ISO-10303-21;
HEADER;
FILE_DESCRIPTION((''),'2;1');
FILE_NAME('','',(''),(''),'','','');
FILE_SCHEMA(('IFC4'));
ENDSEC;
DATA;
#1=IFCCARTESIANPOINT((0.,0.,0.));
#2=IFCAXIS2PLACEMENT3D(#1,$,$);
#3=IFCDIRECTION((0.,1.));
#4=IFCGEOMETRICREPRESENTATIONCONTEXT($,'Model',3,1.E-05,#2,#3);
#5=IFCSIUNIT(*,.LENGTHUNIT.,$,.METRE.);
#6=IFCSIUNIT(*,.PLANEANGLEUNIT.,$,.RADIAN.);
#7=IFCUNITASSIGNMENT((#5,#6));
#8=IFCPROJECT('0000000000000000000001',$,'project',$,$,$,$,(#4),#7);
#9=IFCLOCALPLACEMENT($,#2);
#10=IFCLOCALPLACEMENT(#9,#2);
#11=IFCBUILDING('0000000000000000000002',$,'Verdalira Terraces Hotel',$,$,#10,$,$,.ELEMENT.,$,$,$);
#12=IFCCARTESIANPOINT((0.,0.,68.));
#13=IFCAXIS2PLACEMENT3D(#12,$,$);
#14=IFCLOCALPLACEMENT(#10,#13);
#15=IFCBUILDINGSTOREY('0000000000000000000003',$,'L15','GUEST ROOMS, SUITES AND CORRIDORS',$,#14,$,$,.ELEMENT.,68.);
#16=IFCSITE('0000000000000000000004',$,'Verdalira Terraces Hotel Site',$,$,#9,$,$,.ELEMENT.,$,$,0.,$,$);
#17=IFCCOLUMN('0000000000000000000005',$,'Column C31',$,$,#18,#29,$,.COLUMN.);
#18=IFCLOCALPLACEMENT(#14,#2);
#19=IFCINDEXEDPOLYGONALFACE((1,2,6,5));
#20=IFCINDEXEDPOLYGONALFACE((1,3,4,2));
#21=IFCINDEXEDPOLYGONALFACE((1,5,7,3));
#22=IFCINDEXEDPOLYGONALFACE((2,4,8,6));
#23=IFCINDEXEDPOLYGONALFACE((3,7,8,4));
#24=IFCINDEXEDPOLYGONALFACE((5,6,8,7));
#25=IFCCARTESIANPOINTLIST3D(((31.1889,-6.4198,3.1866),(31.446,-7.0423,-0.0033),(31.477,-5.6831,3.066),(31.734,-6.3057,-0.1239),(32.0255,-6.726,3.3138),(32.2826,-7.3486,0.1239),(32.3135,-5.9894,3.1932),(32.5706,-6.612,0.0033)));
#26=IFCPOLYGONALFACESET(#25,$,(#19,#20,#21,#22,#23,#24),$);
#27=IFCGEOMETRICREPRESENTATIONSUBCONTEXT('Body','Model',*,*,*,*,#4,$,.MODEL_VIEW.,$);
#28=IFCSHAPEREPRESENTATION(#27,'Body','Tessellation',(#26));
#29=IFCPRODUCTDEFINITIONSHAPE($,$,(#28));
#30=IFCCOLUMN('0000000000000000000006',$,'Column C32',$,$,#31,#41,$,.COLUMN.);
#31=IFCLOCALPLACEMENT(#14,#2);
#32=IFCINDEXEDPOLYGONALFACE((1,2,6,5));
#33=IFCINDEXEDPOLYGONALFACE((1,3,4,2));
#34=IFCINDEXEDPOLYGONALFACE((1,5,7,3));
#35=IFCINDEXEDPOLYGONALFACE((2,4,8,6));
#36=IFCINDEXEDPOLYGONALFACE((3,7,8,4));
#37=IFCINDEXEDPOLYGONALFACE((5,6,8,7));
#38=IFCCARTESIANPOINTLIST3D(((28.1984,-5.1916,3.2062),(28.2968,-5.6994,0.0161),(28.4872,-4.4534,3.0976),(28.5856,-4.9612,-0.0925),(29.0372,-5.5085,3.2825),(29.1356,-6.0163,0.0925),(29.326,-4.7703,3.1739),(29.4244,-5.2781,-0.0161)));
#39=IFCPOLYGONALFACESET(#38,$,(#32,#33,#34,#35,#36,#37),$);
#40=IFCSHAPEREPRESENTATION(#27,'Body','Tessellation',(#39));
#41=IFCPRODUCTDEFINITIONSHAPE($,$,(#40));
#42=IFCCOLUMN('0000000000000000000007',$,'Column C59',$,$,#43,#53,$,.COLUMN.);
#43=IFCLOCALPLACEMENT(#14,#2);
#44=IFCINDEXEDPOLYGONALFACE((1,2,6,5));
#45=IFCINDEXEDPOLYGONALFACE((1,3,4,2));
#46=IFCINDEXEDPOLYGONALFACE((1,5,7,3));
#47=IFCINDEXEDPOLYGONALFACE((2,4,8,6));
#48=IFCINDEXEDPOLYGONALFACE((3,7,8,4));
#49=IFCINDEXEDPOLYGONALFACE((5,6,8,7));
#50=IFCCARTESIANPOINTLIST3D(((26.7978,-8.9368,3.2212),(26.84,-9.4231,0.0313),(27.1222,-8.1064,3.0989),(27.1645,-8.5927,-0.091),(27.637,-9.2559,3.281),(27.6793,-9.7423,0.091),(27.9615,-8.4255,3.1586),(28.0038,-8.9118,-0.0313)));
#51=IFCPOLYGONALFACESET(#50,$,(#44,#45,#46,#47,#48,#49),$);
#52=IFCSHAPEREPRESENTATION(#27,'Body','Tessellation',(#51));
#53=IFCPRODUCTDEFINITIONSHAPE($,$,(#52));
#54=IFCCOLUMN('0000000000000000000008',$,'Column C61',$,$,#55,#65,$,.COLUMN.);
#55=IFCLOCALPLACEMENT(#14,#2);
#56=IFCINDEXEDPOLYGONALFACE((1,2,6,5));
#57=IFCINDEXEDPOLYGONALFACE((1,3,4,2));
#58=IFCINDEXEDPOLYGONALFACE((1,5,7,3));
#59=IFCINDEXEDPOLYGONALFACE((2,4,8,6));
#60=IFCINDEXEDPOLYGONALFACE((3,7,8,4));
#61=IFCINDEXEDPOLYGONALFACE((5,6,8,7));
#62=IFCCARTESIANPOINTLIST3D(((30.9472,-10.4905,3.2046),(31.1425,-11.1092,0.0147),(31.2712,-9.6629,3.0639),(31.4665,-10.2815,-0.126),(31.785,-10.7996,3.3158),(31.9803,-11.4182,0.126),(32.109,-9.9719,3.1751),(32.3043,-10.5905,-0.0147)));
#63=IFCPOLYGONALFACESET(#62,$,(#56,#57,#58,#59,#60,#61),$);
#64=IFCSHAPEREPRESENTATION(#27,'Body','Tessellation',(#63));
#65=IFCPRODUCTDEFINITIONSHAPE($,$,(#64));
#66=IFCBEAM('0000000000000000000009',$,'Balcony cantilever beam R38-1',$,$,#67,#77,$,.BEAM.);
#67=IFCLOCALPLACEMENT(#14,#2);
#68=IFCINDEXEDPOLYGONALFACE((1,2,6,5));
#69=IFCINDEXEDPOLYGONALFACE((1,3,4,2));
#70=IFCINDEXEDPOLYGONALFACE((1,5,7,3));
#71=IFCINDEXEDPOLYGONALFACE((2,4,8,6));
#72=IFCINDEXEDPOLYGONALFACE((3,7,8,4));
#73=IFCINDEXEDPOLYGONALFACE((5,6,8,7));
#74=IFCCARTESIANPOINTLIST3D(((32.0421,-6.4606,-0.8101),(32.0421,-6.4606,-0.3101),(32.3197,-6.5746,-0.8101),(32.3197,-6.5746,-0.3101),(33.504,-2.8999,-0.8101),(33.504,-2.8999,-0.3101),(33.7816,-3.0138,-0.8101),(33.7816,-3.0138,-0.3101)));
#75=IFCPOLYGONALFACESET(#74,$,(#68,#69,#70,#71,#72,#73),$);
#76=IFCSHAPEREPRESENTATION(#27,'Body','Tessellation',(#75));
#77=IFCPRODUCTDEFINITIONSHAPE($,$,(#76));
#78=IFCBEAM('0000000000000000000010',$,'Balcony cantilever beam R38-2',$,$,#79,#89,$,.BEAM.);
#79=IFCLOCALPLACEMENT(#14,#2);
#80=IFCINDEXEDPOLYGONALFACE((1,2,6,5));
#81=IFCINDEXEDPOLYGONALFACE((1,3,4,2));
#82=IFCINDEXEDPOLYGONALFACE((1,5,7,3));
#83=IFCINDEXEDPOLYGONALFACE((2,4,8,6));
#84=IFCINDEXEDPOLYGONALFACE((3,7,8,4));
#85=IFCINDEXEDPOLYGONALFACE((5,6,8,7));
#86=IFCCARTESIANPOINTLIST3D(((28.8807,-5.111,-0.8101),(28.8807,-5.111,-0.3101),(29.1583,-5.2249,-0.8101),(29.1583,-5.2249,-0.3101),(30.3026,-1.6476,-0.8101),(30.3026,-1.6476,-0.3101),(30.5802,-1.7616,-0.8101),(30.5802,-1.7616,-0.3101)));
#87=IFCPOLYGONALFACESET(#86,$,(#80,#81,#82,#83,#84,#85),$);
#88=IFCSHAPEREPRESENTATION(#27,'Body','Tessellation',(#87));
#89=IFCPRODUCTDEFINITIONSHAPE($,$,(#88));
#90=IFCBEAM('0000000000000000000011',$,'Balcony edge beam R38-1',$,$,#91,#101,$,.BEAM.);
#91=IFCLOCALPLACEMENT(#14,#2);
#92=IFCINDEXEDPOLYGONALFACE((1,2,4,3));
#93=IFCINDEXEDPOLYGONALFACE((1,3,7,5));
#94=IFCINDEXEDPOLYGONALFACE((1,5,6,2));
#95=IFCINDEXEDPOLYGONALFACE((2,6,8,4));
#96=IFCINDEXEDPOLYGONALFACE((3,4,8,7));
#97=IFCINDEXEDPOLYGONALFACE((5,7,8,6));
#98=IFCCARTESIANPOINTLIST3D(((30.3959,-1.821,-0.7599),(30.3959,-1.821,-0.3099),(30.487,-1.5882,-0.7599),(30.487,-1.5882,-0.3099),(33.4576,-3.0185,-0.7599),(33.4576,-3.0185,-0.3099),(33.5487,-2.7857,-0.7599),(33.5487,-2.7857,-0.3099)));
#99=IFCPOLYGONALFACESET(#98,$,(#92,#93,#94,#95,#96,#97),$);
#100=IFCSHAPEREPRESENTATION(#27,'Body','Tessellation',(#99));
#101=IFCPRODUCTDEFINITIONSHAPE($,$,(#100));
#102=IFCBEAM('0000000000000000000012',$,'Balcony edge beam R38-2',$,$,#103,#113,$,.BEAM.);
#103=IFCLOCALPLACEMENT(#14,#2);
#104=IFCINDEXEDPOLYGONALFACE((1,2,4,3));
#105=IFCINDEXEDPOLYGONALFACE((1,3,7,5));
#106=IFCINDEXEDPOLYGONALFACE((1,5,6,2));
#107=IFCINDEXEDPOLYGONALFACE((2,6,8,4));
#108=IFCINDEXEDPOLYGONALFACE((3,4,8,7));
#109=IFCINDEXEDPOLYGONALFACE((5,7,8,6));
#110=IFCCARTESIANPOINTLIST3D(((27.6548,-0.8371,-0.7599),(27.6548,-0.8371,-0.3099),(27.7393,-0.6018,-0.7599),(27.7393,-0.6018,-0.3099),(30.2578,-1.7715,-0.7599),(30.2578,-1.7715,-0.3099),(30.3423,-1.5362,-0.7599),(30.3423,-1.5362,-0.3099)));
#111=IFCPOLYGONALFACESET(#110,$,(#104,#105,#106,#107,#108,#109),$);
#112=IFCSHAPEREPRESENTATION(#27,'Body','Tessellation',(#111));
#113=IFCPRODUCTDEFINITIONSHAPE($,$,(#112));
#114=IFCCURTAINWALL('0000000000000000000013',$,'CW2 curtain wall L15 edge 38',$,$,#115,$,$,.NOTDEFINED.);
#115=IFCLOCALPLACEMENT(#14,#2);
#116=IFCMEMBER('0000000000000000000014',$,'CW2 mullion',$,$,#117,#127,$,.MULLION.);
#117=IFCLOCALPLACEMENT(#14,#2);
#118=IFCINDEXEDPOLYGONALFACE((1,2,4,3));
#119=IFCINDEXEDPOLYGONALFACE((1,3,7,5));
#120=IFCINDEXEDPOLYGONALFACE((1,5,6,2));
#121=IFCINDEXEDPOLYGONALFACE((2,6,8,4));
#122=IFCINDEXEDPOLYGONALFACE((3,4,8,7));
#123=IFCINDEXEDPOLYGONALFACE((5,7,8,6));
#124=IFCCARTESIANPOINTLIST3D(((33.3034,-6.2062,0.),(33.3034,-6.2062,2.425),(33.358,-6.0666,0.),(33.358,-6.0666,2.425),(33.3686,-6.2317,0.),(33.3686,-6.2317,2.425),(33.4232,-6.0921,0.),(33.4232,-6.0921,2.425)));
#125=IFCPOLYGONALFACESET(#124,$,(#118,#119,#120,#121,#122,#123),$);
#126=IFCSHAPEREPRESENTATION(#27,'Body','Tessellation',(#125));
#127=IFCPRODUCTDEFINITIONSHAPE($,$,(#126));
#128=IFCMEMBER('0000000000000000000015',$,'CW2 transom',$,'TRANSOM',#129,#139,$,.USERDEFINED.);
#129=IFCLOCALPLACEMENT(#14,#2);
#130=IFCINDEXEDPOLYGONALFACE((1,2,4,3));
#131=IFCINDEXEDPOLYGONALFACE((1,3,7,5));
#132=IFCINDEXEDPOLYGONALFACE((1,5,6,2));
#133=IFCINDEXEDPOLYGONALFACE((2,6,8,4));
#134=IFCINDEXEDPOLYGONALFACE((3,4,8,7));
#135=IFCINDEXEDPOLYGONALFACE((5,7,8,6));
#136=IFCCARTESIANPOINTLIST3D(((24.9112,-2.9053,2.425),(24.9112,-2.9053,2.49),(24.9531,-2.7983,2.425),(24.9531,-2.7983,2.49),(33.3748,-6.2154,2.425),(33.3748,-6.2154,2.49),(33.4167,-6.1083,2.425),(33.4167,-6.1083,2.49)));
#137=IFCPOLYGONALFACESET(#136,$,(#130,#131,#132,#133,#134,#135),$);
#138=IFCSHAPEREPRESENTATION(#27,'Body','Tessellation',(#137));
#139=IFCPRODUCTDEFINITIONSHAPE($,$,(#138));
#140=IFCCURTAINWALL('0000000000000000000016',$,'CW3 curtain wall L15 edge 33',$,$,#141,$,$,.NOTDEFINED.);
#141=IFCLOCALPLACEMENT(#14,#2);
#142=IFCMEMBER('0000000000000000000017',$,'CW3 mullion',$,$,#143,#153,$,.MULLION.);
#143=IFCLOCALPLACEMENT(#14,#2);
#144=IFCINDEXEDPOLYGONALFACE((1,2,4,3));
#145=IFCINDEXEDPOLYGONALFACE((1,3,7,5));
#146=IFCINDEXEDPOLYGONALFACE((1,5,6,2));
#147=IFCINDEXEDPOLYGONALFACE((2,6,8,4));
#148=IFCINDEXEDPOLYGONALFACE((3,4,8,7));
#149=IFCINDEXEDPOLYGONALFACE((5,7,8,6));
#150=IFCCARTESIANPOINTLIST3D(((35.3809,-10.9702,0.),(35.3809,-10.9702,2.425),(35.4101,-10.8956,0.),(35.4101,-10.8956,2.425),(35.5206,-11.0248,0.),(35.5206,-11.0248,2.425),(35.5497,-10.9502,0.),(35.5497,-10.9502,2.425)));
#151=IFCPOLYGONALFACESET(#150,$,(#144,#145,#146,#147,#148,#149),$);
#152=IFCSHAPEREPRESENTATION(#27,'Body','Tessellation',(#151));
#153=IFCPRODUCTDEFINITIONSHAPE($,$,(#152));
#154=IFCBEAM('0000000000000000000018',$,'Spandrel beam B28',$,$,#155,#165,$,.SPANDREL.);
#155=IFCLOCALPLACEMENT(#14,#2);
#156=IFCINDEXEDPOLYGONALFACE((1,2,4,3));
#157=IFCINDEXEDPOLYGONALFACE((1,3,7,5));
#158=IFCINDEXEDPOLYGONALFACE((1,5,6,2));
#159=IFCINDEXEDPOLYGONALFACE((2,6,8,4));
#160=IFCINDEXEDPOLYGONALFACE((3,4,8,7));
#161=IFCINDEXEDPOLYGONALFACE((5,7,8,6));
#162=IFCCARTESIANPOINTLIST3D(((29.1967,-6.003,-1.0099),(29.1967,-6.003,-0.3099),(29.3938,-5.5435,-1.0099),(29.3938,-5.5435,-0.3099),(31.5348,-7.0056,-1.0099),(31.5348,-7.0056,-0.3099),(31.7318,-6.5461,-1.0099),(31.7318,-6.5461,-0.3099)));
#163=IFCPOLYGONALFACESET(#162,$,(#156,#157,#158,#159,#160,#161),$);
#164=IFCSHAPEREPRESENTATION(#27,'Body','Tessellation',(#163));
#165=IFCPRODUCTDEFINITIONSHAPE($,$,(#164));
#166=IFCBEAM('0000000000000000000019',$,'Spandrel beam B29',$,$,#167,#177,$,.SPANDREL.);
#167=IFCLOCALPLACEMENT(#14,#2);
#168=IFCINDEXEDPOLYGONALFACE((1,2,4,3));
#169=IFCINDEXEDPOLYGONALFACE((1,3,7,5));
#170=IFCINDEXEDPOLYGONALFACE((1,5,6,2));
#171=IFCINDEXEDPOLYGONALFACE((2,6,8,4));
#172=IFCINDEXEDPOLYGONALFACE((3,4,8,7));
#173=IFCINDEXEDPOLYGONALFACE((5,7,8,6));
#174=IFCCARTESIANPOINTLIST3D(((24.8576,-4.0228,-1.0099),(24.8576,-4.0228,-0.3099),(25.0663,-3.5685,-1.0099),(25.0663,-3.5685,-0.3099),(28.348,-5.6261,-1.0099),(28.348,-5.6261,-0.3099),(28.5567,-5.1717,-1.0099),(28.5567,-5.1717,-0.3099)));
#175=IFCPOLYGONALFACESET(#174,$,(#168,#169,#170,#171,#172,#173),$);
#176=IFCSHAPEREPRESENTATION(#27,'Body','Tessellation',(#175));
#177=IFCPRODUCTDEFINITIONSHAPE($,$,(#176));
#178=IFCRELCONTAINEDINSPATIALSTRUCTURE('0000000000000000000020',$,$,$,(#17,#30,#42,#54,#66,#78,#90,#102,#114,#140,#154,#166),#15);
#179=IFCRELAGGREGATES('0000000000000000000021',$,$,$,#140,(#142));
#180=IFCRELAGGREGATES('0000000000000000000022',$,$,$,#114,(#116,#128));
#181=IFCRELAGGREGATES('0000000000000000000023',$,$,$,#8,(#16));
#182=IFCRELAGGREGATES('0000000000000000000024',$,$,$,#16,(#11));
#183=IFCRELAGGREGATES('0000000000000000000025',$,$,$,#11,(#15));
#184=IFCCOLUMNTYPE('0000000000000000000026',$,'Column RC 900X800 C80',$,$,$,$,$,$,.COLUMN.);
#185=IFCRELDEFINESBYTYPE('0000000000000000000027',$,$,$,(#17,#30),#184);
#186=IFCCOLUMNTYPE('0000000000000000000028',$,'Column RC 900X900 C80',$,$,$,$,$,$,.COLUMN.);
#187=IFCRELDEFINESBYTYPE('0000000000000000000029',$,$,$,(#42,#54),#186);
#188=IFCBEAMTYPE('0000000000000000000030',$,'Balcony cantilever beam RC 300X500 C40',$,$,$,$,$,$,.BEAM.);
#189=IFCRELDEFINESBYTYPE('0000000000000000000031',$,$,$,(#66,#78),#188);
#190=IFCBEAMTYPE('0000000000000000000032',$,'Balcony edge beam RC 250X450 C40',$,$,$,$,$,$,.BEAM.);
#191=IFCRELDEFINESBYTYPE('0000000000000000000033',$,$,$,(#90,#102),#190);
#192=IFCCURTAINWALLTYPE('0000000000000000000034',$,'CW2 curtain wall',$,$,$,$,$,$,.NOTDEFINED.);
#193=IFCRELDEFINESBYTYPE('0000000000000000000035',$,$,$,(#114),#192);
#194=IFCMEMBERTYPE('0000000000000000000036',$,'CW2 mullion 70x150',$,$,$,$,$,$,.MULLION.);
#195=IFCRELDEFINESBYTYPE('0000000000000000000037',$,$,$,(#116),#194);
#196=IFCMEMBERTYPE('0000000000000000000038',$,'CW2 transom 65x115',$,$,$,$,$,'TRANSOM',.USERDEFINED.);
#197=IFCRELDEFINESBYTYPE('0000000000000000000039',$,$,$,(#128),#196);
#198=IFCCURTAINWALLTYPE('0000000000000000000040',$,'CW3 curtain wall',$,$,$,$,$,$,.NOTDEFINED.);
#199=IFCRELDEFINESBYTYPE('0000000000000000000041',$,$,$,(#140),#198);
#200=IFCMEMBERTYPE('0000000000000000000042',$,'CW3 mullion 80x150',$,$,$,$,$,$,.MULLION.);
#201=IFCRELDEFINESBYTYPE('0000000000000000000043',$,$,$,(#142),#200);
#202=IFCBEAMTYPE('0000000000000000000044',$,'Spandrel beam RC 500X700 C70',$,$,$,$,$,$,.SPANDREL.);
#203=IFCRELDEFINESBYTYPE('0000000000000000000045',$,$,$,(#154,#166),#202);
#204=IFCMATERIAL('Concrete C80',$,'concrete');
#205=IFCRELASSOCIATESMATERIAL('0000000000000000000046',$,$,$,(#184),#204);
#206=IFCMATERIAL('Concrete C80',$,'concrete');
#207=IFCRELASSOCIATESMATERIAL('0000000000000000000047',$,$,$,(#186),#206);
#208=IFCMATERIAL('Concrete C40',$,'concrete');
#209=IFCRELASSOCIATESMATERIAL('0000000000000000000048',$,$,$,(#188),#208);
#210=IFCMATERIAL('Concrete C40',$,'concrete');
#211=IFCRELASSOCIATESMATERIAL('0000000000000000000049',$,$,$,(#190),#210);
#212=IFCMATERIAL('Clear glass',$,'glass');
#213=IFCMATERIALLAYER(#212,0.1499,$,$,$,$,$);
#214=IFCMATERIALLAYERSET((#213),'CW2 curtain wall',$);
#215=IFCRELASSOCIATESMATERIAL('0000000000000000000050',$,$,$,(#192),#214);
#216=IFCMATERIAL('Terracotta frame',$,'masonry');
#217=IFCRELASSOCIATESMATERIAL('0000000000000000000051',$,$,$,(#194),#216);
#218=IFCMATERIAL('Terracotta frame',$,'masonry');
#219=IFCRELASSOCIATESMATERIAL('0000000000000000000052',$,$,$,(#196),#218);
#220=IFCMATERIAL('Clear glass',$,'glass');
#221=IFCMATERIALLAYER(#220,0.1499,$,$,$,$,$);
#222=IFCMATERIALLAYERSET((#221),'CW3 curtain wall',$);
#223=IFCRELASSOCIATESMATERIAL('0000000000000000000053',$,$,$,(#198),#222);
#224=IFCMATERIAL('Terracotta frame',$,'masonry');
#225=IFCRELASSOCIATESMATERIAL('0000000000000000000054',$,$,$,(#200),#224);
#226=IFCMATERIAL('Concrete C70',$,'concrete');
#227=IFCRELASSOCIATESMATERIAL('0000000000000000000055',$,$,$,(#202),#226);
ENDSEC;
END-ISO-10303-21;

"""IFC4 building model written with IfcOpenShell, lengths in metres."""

from ifc_helpers import new_model, si_unit, direction, frame, origin, origin_2d, place, context, subcontext, project, spatial, rectangle, extrude, material, layer, layer_set, material_profile, profile_set, type_object, element, aggregate, save


model = new_model("IFC4")

# Units and contexts
model_context = context("Model", 3, precision=1e-05, world=origin(), true_north=direction((0.0, 1.0)))
body_context = subcontext(model_context, "Body", "Model", "MODEL_VIEW")
ifc_project = project(units=[si_unit("LENGTHUNIT", "METRE"), si_unit("PLANEANGLEUNIT", "RADIAN")], contexts=[model_context])

# Site, building, storey
site_placement = place(None, origin())
site = spatial("IfcSite", under=ifc_project, at=site_placement, Name="Verdalira Terraces Hotel Site", CompositionType="ELEMENT", RefElevation=0.0)
building_placement = place(site_placement, origin())
building = spatial("IfcBuilding", under=site, at=building_placement, Name="Verdalira Terraces Hotel", CompositionType="ELEMENT")
storey_placement = place(building_placement, frame((0.0, 0.0, 68.0)))
storey = spatial("IfcBuildingStorey", under=building, at=storey_placement, Name="L15", Description="GUEST ROOMS, SUITES AND CORRIDORS", CompositionType="ELEMENT", Elevation=68.0)

# Columns
ifc_material_1 = material(Name="Concrete C80", Category="concrete")
ifc_material_profile_1 = material_profile(ifc_material_1, rectangle(XDim=0.8999, YDim=0.8, at=origin_2d()), Name="RC 900X800")
ifc_profile_set_1 = profile_set([ifc_material_profile_1], Name="Concrete C80")
column_type_1 = type_object("IfcColumnType", Name="Column RC 900X800 C80", PredefinedType="COLUMN", material=ifc_profile_set_1)
column_1_placement = place(storey_placement, frame((32.0083, -6.8271, 0.0), z_axis=(-0.078852, 0.190953, 0.978427), x_axis=(-0.929614, 0.340353, -0.141343)))
element("IfcColumn", 1, at=column_1_placement, inside=storey, type_object=column_type_1, Name="Column C31", PredefinedType="COLUMN", context=body_context, shape_type="SweptSolid", body=[
    extrude(rectangle(XDim=0.8999, YDim=0.8, at=origin_2d()), origin(), (0.0, 0.0, 1.0), 3.2603),
])
column_2_placement = place(storey_placement, frame((28.8606, -5.4888, 0.0), z_axis=(-0.030446, 0.157139, 0.987107), x_axis=(-0.932085, 0.352171, -0.084811)))
element("IfcColumn", 2, at=column_2_placement, inside=storey, type_object=column_type_1, Name="Column C32", PredefinedType="COLUMN", context=body_context, shape_type="SweptSolid", body=[
    extrude(rectangle(XDim=0.8999, YDim=0.8, at=origin_2d()), origin(), (0.0, 0.0, 1.0), 3.2317),
])
ifc_material_2 = material(Name="Concrete C80", Category="concrete")
ifc_material_profile_2 = material_profile(ifc_material_2, rectangle(XDim=0.8999, YDim=0.8999, at=origin_2d()), Name="RC 900X900")
ifc_profile_set_2 = profile_set([ifc_material_profile_2], Name="Concrete C80")
column_type_2 = type_object("IfcColumnType", Name="Column RC 900X900 C80", PredefinedType="COLUMN", material=ifc_profile_set_2)
column_3_placement = place(storey_placement, frame((27.4219, -9.1675, 0.0), z_axis=(-0.013088, 0.150702, 0.988493), x_axis=(0.932639, -0.354645, 0.066417)))
element("IfcColumn", 3, at=column_3_placement, inside=storey, type_object=column_type_2, Name="Column C59", PredefinedType="COLUMN", context=body_context, shape_type="SweptSolid", body=[
    extrude(rectangle(XDim=0.8999, YDim=0.8999, at=origin_2d()), origin(), (0.0, 0.0, 1.0), 3.2271),
])
column_4_placement = place(storey_placement, frame((31.7234, -10.8499, 0.0), z_axis=(-0.059999, 0.190048, 0.97994), x_axis=(0.931006, -0.343436, 0.123609)))
element("IfcColumn", 4, at=column_4_placement, inside=storey, type_object=column_type_2, Name="Column C61", PredefinedType="COLUMN", context=body_context, shape_type="SweptSolid", body=[
    extrude(rectangle(XDim=0.8999, YDim=0.8999, at=origin_2d()), origin(), (0.0, 0.0, 1.0), 3.2551),
])

# Beams
ifc_material_3 = material(Name="Concrete C40", Category="concrete")
ifc_material_profile_3 = material_profile(ifc_material_3, rectangle(XDim=0.3, YDim=0.5, at=origin_2d()), Name="RC 300X500")
ifc_profile_set_3 = profile_set([ifc_material_profile_3], Name="Concrete C40")
beam_type_1 = type_object("IfcBeamType", Name="Balcony cantilever beam RC 300X500 C40", PredefinedType="BEAM", material=ifc_profile_set_3)
beam_1_placement = place(storey_placement, frame((32.1809, -6.5176, -0.5601), z_axis=(0.379796, 0.92507, 0.0), x_axis=(-0.92507, 0.379796, 0.0)))
element("IfcBeam", 5, at=beam_1_placement, inside=storey, type_object=beam_type_1, Name="Balcony cantilever beam R38-1", PredefinedType="BEAM", context=body_context, shape_type="SweptSolid", body=[
    extrude(rectangle(XDim=0.3, YDim=0.5, at=origin_2d()), origin(), (0.0, 0.0, 1.0), 3.8491),
])
beam_2_placement = place(storey_placement, frame((29.0195, -5.168, -0.5601), z_axis=(0.379785, 0.925075, 0.0), x_axis=(-0.925075, 0.379785, 0.0)))
element("IfcBeam", 6, at=beam_2_placement, inside=storey, type_object=beam_type_1, Name="Balcony cantilever beam R38-2", PredefinedType="BEAM", context=body_context, shape_type="SweptSolid", body=[
    extrude(rectangle(XDim=0.3, YDim=0.5, at=origin_2d()), origin(), (0.0, 0.0, 1.0), 3.7439),
])
ifc_material_4 = material(Name="Concrete C40", Category="concrete")
ifc_material_profile_4 = material_profile(ifc_material_4, rectangle(XDim=0.25, YDim=0.45, at=origin_2d()), Name="RC 250X450")
ifc_profile_set_4 = profile_set([ifc_material_profile_4], Name="Concrete C40")
beam_type_2 = type_object("IfcBeamType", Name="Balcony edge beam RC 250X450 C40", PredefinedType="BEAM", material=ifc_profile_set_4)
beam_3_placement = place(storey_placement, frame((33.5032, -2.9021, -0.5349), z_axis=(-0.931302, 0.364248, 0.0), x_axis=(-0.364248, -0.931302, 0.0)))
element("IfcBeam", 7, at=beam_3_placement, inside=storey, type_object=beam_type_2, Name="Balcony edge beam R38-1", PredefinedType="BEAM", context=body_context, shape_type="SweptSolid", body=[
    extrude(rectangle(XDim=0.25, YDim=0.45, at=origin_2d()), origin(), (0.0, 0.0, 1.0), 3.2876),
])
beam_4_placement = place(storey_placement, frame((30.3, -1.6538, -0.5349), z_axis=(-0.941205, 0.337835, 0.0), x_axis=(-0.337835, -0.941205, 0.0)))
element("IfcBeam", 8, at=beam_4_placement, inside=storey, type_object=beam_type_2, Name="Balcony edge beam R38-2", PredefinedType="BEAM", context=body_context, shape_type="SweptSolid", body=[
    extrude(rectangle(XDim=0.25, YDim=0.45, at=origin_2d()), origin(), (0.0, 0.0, 1.0), 2.7656),
])

# Curtain wall, members
ifc_material_5 = material(Name="Clear glass", Category="glass")
ifc_layer_1 = layer(ifc_material_5, 0.1499)
ifc_layer_set_1 = layer_set([ifc_layer_1], Name="CW2 curtain wall")
curtain_wall_type_1 = type_object("IfcCurtainWallType", Name="CW2 curtain wall", PredefinedType="NOTDEFINED", material=ifc_layer_set_1)
curtain_wall_1_placement = place(storey_placement, origin())
curtain_wall_1 = element("IfcCurtainWall", 9, at=curtain_wall_1_placement, inside=storey, type_object=curtain_wall_type_1, Name="CW2 curtain wall L15 edge 38", PredefinedType="NOTDEFINED")
ifc_material_6 = material(Name="Terracotta frame", Category="masonry")
ifc_material_profile_5 = material_profile(ifc_material_6, rectangle(XDim=0.0701, YDim=0.1499, at=origin_2d()), Name="MU 70x150")
ifc_profile_set_5 = profile_set([ifc_material_profile_5], Name="Terracotta frame")
member_type_1 = type_object("IfcMemberType", Name="CW2 mullion 70x150", PredefinedType="MULLION", material=ifc_profile_set_5)
member_1_placement = place(storey_placement, frame((33.3633, -6.1492, 0.0), z_axis=(0.0, 0.0, 1.0), x_axis=(-0.93131, 0.364227, 0.0)))
member_1 = element("IfcMember", 10, at=member_1_placement, type_object=member_type_1, Name="CW2 mullion", PredefinedType="MULLION", context=body_context, shape_type="SweptSolid", body=[
    extrude(rectangle(XDim=0.0701, YDim=0.1499, at=origin_2d()), origin(), (0.0, 0.0, 1.0), 2.425),
])
ifc_material_7 = material(Name="Terracotta frame", Category="masonry")
ifc_material_profile_6 = material_profile(ifc_material_7, rectangle(XDim=0.115, YDim=0.0649, at=origin_2d()), Name="TR 65x115")
ifc_profile_set_6 = profile_set([ifc_material_profile_6], Name="Terracotta frame")
member_type_2 = type_object("IfcMemberType", Name="CW2 transom 65x115", ElementType="TRANSOM", PredefinedType="USERDEFINED", material=ifc_profile_set_6)
member_2_placement = place(storey_placement, frame((33.3958, -6.1619, 2.4575), z_axis=(-0.93131, 0.364228, 0.0), x_axis=(-0.364228, -0.93131, 0.0)))
member_2 = element("IfcMember", 11, at=member_2_placement, type_object=member_type_2, Name="CW2 transom", ObjectType="TRANSOM", PredefinedType="USERDEFINED", context=body_context, shape_type="SweptSolid", body=[
    extrude(rectangle(XDim=0.115, YDim=0.0649, at=origin_2d()), origin(), (0.0, 0.0, 1.0), 9.0879),
])

# Curtain wall, member
ifc_material_8 = material(Name="Clear glass", Category="glass")
ifc_layer_2 = layer(ifc_material_8, 0.1499)
ifc_layer_set_2 = layer_set([ifc_layer_2], Name="CW3 curtain wall")
curtain_wall_type_2 = type_object("IfcCurtainWallType", Name="CW3 curtain wall", PredefinedType="NOTDEFINED", material=ifc_layer_set_2)
curtain_wall_2_placement = place(storey_placement, origin())
curtain_wall_2 = element("IfcCurtainWall", 12, at=curtain_wall_2_placement, inside=storey, type_object=curtain_wall_type_2, Name="CW3 curtain wall L15 edge 33", PredefinedType="NOTDEFINED")
ifc_material_9 = material(Name="Terracotta frame", Category="masonry")
ifc_material_profile_7 = material_profile(ifc_material_9, rectangle(XDim=0.0801, YDim=0.1499, at=origin_2d()), Name="MU 80x150")
ifc_profile_set_7 = profile_set([ifc_material_profile_7], Name="Terracotta frame")
member_type_3 = type_object("IfcMemberType", Name="CW3 mullion 80x150", PredefinedType="MULLION", material=ifc_profile_set_7)
member_3_placement = place(storey_placement, frame((35.4653, -10.9602, 0.0), z_axis=(0.0, 0.0, 1.0), x_axis=(0.364227, 0.93131, 0.0)))
member_3 = element("IfcMember", 13, at=member_3_placement, type_object=member_type_3, Name="CW3 mullion", PredefinedType="MULLION", context=body_context, shape_type="SweptSolid", body=[
    extrude(rectangle(XDim=0.0801, YDim=0.1499, at=origin_2d()), origin(), (0.0, 0.0, 1.0), 2.425),
])
aggregate(curtain_wall_2, [member_3])

# Beams
ifc_material_10 = material(Name="Concrete C70", Category="concrete")
ifc_material_profile_8 = material_profile(ifc_material_10, rectangle(XDim=0.5, YDim=0.7, at=origin_2d()), Name="RC 500X700")
ifc_profile_set_8 = profile_set([ifc_material_profile_8], Name="Concrete C70")
beam_type_3 = type_object("IfcBeamType", Name="Spandrel beam RC 500X700 C70", PredefinedType="SPANDREL", material=ifc_profile_set_8)
beam_5_placement = place(storey_placement, frame((31.6333, -6.7759, -0.6599), z_axis=(-0.919056, 0.394128, 0.0), x_axis=(-0.394128, -0.919056, 0.0)))
element("IfcBeam", 14, at=beam_5_placement, inside=storey, type_object=beam_type_3, Name="Spandrel beam B28", PredefinedType="SPANDREL", context=body_context, shape_type="SweptSolid", body=[
    extrude(rectangle(XDim=0.5, YDim=0.7, at=origin_2d()), origin(), (0.0, 0.0, 1.0), 2.5439),
])
beam_6_placement = place(storey_placement, frame((28.4524, -5.3989, -0.6599), z_axis=(-0.908722, 0.417401, 0.0), x_axis=(-0.417401, -0.908722, 0.0)))
element("IfcBeam", 15, at=beam_6_placement, inside=storey, type_object=beam_type_3, Name="Spandrel beam B29", PredefinedType="SPANDREL", context=body_context, shape_type="SweptSolid", body=[
    extrude(rectangle(XDim=0.5, YDim=0.7, at=origin_2d()), origin(), (0.0, 0.0, 1.0), 3.8411),
])

aggregate(curtain_wall_1, [member_1, member_2])

save(model, "model.ifc")
